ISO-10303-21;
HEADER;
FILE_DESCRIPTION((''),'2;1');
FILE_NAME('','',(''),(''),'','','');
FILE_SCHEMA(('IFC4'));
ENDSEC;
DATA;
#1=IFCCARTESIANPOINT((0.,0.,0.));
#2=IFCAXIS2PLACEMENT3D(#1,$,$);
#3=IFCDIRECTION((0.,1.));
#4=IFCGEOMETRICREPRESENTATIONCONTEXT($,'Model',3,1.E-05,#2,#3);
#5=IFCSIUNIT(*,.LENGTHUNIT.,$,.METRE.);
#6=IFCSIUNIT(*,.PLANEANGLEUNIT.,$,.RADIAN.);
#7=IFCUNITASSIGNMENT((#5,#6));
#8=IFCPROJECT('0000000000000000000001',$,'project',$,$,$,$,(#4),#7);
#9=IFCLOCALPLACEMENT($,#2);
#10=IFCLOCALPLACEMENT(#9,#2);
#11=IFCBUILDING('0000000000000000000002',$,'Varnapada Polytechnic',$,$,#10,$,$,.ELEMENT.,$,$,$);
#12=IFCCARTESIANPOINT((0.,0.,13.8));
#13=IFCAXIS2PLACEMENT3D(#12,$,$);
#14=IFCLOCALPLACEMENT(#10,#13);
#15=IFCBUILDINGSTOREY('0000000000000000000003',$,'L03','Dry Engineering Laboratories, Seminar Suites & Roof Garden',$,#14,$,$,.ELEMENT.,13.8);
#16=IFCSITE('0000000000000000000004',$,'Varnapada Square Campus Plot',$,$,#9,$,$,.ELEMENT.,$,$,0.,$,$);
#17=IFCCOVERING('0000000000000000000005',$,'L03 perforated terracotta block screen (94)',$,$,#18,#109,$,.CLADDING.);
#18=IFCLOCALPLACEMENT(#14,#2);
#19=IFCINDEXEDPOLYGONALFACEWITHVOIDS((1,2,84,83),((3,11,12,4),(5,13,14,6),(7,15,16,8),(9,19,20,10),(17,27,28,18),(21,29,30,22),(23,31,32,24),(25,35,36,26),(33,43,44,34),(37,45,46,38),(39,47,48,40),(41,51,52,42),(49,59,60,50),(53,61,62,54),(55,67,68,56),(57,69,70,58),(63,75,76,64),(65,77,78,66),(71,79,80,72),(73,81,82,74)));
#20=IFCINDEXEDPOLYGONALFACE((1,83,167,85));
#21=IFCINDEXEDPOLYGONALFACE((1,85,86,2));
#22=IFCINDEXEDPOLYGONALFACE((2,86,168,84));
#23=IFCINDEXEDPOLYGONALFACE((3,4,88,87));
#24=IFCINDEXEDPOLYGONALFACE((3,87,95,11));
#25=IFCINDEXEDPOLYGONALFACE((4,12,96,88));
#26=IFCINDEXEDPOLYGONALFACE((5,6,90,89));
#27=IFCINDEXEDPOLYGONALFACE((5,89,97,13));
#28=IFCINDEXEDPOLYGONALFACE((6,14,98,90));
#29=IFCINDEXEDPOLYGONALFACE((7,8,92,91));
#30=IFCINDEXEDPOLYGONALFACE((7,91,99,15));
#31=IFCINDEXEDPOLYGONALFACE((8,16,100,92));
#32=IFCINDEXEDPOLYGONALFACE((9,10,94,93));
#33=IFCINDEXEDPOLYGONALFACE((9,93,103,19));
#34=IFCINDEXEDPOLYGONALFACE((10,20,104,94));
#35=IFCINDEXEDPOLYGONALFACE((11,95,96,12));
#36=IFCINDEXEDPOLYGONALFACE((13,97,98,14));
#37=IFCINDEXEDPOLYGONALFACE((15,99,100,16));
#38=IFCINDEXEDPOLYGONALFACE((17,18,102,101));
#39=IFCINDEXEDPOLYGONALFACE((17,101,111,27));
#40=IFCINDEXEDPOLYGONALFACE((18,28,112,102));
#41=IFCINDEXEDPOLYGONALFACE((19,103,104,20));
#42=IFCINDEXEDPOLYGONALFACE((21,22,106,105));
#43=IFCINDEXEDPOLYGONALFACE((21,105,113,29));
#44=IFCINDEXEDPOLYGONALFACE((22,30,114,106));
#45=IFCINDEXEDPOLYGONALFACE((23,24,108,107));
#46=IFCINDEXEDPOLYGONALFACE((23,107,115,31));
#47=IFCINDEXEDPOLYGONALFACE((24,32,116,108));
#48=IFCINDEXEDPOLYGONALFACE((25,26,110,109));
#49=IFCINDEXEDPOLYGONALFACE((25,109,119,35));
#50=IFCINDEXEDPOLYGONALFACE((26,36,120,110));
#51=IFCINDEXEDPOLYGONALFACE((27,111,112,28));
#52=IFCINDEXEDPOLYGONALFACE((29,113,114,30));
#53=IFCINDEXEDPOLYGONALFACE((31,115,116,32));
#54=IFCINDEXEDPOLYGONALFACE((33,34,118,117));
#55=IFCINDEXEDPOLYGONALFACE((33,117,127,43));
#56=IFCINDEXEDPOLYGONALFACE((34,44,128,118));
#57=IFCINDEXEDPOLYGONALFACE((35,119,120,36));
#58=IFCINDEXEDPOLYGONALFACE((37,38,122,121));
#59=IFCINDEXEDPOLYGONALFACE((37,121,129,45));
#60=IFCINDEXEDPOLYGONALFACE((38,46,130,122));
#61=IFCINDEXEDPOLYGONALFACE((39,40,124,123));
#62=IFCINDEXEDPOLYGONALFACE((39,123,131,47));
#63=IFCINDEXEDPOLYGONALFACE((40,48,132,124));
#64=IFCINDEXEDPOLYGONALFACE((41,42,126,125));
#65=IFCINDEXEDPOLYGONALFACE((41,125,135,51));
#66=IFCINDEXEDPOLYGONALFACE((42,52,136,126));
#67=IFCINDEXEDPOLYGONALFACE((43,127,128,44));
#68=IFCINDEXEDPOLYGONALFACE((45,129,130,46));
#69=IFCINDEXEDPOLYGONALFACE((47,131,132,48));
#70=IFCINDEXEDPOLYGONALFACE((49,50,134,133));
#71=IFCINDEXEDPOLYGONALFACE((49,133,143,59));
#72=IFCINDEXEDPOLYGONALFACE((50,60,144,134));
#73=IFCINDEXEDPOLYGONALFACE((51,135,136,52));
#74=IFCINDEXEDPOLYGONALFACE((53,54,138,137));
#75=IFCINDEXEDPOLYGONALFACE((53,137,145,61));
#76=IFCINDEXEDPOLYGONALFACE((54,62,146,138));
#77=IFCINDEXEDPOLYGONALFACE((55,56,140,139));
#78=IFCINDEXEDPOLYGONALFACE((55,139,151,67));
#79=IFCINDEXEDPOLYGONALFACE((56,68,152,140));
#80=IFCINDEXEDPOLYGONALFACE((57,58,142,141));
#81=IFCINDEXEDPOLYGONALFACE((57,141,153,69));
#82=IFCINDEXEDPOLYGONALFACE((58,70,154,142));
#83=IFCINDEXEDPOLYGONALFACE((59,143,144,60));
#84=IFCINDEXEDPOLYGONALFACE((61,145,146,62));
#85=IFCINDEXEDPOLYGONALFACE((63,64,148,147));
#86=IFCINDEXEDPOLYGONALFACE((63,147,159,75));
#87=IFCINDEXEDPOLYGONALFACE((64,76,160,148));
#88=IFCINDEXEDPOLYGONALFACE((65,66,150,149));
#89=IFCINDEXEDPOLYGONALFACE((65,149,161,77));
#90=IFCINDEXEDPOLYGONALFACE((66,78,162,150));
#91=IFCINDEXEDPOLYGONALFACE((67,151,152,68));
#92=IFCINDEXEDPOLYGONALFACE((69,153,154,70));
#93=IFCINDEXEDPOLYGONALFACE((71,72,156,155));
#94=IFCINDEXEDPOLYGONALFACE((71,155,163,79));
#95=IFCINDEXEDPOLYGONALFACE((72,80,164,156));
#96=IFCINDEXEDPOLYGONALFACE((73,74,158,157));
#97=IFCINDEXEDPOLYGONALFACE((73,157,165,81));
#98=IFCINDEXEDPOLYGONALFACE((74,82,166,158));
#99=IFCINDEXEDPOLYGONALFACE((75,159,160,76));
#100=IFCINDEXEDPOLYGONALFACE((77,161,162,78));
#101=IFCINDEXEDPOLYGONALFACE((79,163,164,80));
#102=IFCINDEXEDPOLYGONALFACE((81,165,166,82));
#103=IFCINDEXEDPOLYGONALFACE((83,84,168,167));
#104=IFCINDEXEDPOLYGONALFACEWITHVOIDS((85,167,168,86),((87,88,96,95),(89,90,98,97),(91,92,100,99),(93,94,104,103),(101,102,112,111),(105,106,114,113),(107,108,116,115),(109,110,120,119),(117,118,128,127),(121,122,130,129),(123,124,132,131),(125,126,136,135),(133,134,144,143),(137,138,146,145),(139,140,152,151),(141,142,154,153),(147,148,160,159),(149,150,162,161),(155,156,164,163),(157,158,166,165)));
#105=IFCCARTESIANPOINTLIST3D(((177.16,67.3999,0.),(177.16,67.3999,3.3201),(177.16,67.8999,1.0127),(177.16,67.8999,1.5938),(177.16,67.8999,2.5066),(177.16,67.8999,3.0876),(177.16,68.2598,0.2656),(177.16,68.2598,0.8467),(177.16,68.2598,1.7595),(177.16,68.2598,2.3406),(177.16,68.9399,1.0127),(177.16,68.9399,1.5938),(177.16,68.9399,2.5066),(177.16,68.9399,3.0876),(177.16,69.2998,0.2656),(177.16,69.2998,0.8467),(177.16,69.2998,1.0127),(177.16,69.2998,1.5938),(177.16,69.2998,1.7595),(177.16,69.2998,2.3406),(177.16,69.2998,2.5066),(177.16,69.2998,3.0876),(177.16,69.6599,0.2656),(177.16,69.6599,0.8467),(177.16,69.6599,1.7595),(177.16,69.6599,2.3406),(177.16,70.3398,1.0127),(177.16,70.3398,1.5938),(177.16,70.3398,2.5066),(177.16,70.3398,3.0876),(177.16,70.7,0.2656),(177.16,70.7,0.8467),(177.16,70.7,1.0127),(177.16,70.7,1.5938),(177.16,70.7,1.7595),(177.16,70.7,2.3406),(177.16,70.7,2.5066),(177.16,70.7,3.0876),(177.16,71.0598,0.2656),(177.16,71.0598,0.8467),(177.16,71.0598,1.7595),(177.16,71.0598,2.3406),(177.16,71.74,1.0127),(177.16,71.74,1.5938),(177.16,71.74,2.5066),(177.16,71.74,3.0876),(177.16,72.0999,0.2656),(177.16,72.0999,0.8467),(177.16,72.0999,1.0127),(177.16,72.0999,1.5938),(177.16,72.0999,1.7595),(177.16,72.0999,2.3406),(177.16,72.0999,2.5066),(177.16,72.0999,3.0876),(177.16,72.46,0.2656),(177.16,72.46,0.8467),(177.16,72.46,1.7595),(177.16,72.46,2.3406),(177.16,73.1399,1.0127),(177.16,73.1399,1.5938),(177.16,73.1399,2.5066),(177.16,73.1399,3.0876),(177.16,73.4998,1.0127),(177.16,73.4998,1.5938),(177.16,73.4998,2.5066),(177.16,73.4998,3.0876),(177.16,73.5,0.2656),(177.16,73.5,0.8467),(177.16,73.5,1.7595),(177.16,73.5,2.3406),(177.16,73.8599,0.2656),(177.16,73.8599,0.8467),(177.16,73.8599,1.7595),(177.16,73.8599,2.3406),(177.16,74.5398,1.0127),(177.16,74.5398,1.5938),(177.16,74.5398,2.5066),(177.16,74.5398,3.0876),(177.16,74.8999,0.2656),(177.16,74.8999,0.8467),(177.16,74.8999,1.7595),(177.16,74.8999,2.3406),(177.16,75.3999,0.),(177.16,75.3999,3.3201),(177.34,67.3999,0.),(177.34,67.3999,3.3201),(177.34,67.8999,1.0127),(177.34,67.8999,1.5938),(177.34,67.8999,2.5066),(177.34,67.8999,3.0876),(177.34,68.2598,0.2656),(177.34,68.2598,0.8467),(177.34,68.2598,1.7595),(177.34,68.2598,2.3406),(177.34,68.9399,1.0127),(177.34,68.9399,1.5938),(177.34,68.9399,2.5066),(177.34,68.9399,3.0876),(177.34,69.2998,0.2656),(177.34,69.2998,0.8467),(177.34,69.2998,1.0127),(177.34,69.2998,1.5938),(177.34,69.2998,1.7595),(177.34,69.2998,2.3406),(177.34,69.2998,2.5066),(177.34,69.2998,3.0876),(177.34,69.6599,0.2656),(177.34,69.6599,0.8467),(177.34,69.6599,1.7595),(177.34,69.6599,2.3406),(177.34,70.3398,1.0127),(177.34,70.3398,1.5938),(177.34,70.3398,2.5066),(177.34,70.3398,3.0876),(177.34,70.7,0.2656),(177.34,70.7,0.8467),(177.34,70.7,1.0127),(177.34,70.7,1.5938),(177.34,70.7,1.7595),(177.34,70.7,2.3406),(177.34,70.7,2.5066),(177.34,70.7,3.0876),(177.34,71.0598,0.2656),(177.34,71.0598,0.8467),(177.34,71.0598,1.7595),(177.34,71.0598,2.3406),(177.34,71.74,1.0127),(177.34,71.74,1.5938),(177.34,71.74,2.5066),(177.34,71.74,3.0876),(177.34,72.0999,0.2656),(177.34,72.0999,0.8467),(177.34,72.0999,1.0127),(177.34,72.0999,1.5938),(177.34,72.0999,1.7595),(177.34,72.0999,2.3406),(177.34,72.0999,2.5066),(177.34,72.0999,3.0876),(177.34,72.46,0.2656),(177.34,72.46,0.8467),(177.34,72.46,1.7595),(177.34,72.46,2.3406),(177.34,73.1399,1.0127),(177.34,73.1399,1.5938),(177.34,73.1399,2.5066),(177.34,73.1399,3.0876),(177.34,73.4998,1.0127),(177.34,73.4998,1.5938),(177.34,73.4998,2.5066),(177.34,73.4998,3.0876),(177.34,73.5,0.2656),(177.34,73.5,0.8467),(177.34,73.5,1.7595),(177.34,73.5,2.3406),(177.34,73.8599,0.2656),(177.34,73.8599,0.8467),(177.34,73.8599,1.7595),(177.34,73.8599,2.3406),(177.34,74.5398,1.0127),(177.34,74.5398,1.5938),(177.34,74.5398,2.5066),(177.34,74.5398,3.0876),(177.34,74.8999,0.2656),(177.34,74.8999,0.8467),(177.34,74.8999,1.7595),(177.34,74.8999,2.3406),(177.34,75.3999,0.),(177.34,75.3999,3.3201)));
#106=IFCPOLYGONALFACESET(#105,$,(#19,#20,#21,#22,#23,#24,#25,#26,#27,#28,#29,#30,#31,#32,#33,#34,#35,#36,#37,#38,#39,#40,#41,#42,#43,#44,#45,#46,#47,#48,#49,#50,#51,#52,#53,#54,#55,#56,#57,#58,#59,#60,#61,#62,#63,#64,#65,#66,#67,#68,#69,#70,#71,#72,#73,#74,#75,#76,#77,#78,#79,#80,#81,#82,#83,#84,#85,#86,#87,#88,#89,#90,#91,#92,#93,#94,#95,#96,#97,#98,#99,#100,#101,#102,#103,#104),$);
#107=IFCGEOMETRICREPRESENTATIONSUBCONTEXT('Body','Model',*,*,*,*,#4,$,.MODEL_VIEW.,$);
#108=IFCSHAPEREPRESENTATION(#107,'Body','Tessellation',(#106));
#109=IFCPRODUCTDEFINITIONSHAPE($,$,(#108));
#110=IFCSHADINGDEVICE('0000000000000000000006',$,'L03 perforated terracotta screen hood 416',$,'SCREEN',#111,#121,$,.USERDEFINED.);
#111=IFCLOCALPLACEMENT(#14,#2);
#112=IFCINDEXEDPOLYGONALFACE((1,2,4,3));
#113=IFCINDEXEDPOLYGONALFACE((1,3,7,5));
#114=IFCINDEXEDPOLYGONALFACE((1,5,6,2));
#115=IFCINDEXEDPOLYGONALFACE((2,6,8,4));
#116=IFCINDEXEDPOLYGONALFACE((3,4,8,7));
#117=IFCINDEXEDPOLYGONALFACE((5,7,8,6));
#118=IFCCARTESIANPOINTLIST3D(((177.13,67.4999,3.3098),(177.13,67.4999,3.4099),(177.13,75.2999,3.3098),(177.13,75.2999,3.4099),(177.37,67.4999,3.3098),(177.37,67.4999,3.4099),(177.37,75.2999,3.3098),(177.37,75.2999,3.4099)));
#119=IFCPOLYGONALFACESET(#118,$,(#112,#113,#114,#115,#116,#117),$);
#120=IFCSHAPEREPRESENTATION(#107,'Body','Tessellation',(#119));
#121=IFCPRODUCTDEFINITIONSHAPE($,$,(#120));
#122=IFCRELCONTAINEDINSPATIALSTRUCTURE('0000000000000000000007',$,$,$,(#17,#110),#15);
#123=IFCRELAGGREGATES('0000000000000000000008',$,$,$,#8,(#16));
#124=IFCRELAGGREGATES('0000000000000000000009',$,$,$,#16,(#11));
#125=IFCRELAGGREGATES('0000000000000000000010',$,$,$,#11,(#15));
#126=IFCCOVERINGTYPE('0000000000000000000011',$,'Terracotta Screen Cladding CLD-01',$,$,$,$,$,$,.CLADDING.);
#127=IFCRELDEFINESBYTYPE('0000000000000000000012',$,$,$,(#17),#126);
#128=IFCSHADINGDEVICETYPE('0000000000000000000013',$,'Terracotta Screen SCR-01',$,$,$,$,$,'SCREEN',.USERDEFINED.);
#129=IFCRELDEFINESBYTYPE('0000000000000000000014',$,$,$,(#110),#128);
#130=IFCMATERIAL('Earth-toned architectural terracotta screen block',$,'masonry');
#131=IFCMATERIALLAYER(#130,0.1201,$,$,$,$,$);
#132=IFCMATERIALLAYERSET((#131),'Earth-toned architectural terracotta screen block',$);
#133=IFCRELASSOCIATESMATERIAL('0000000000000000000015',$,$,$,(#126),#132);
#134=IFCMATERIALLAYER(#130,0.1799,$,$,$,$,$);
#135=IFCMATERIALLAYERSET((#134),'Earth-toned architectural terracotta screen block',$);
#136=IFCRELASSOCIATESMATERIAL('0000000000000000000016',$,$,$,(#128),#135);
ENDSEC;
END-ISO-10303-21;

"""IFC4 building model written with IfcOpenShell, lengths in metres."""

from ifc_helpers import new_model, si_unit, direction, frame, frame_2d, origin, origin_2d, place, context, subcontext, project, spatial, rectangle, extrude, material, layer, layer_set, type_object, element, save


model = new_model("IFC4")

# Units and contexts
model_context = context("Model", 3, precision=1e-05, world=origin(), true_north=direction((0.0, 1.0)))
body_context = subcontext(model_context, "Body", "Model", "MODEL_VIEW")
ifc_project = project(units=[si_unit("LENGTHUNIT", "METRE"), si_unit("PLANEANGLEUNIT", "RADIAN")], contexts=[model_context])

# Site, building, storey
site_placement = place(None, origin())
site = spatial("IfcSite", under=ifc_project, at=site_placement, Name="Varnapada Square Campus Plot", CompositionType="ELEMENT", RefElevation=0.0)
building_placement = place(site_placement, origin())
building = spatial("IfcBuilding", under=site, at=building_placement, Name="Varnapada Polytechnic", CompositionType="ELEMENT")
storey_placement = place(building_placement, frame((0.0, 0.0, 13.8)))
storey = spatial("IfcBuildingStorey", under=building, at=storey_placement, Name="L03", Description="Dry Engineering Laboratories, Seminar Suites & Roof Garden", CompositionType="ELEMENT", Elevation=13.8)

# Covering, openings
ifc_material_1 = material(Name="Earth-toned architectural terracotta screen block", Category="masonry")
ifc_layer_1 = layer(ifc_material_1, 0.1201)
ifc_layer_set_1 = layer_set([ifc_layer_1], Name="Earth-toned architectural terracotta screen block")
covering_type_1 = type_object("IfcCoveringType", Name="Terracotta Screen Cladding CLD-01", PredefinedType="CLADDING", material=ifc_layer_set_1)
covering_1_placement = place(storey_placement, frame((177.25, 75.3999, 0.0), z_axis=(0.0, 0.0, 1.0), x_axis=(0.0, -1.0, 0.0)))
covering_1 = element("IfcCovering", 1, at=covering_1_placement, inside=storey, type_object=covering_type_1, Name="L03 perforated terracotta block screen (94)", PredefinedType="CLADDING", context=body_context, shape_type="SweptSolid", body=[
    extrude(rectangle(XDim=8.0, YDim=0.1799, at=frame_2d((4.0, 0.0))), origin(), (0.0, 0.0, 1.0), 3.3201),
])
opening_1_placement = place(covering_1_placement, frame((0.5, 0.0, 0.2656)))
element("IfcOpeningElement", 2, at=opening_1_placement, cuts=covering_1, PredefinedType="OPENING", context=body_context, shape_type="SweptSolid", body=[
    extrude(rectangle(XDim=1.04, YDim=0.5811, at=frame_2d((0.52, 0.2905))), frame((0.0, 0.0999, 0.0), z_axis=(0.0, -1.0, 0.0), x_axis=(1.0, 0.0, 0.0)), (0.0, 0.0, 1.0), 0.2),
])
opening_2_placement = place(covering_1_placement, frame((1.8999, 0.0, 0.2656)))
element("IfcOpeningElement", 3, at=opening_2_placement, cuts=covering_1, PredefinedType="OPENING", context=body_context, shape_type="SweptSolid", body=[
    extrude(rectangle(XDim=1.04, YDim=0.5811, at=frame_2d((0.52, 0.2905))), frame((0.0, 0.0999, 0.0), z_axis=(0.0, -1.0, 0.0), x_axis=(1.0, 0.0, 0.0)), (0.0, 0.0, 1.0), 0.2),
])
opening_3_placement = place(covering_1_placement, frame((3.3, 0.0, 0.2656)))
element("IfcOpeningElement", 4, at=opening_3_placement, cuts=covering_1, PredefinedType="OPENING", context=body_context, shape_type="SweptSolid", body=[
    extrude(rectangle(XDim=1.04, YDim=0.5811, at=frame_2d((0.52, 0.2905))), frame((0.0, 0.0999, 0.0), z_axis=(0.0, -1.0, 0.0), x_axis=(1.0, 0.0, 0.0)), (0.0, 0.0, 1.0), 0.2),
])
opening_4_placement = place(covering_1_placement, frame((4.7, 0.0, 0.2656)))
element("IfcOpeningElement", 5, at=opening_4_placement, cuts=covering_1, PredefinedType="OPENING", context=body_context, shape_type="SweptSolid", body=[
    extrude(rectangle(XDim=1.04, YDim=0.5811, at=frame_2d((0.52, 0.2905))), frame((0.0, 0.0999, 0.0), z_axis=(0.0, -1.0, 0.0), x_axis=(1.0, 0.0, 0.0)), (0.0, 0.0, 1.0), 0.2),
])
opening_5_placement = place(covering_1_placement, frame((6.1001, 0.0, 0.2656)))
element("IfcOpeningElement", 6, at=opening_5_placement, cuts=covering_1, PredefinedType="OPENING", context=body_context, shape_type="SweptSolid", body=[
    extrude(rectangle(XDim=1.04, YDim=0.5811, at=frame_2d((0.52, 0.2905))), frame((0.0, 0.0999, 0.0), z_axis=(0.0, -1.0, 0.0), x_axis=(1.0, 0.0, 0.0)), (0.0, 0.0, 1.0), 0.2),
])
opening_6_placement = place(covering_1_placement, frame((0.8601, 0.0, 1.0127)))
element("IfcOpeningElement", 7, at=opening_6_placement, cuts=covering_1, PredefinedType="OPENING", context=body_context, shape_type="SweptSolid", body=[
    extrude(rectangle(XDim=1.04, YDim=0.5811, at=frame_2d((0.52, 0.2905))), frame((0.0, 0.0999, 0.0), z_axis=(0.0, -1.0, 0.0), x_axis=(1.0, 0.0, 0.0)), (0.0, 0.0, 1.0), 0.2),
])
opening_7_placement = place(covering_1_placement, frame((2.26, 0.0, 1.0127)))
element("IfcOpeningElement", 8, at=opening_7_placement, cuts=covering_1, PredefinedType="OPENING", context=body_context, shape_type="SweptSolid", body=[
    extrude(rectangle(XDim=1.04, YDim=0.5811, at=frame_2d((0.52, 0.2905))), frame((0.0, 0.0999, 0.0), z_axis=(0.0, -1.0, 0.0), x_axis=(1.0, 0.0, 0.0)), (0.0, 0.0, 1.0), 0.2),
])
opening_8_placement = place(covering_1_placement, frame((3.6599, 0.0, 1.0127)))
element("IfcOpeningElement", 9, at=opening_8_placement, cuts=covering_1, PredefinedType="OPENING", context=body_context, shape_type="SweptSolid", body=[
    extrude(rectangle(XDim=1.04, YDim=0.5811, at=frame_2d((0.52, 0.2905))), frame((0.0, 0.0999, 0.0), z_axis=(0.0, -1.0, 0.0), x_axis=(1.0, 0.0, 0.0)), (0.0, 0.0, 1.0), 0.2),
])
opening_9_placement = place(covering_1_placement, frame((5.0601, 0.0, 1.0127)))
element("IfcOpeningElement", 10, at=opening_9_placement, cuts=covering_1, PredefinedType="OPENING", context=body_context, shape_type="SweptSolid", body=[
    extrude(rectangle(XDim=1.04, YDim=0.5811, at=frame_2d((0.52, 0.2905))), frame((0.0, 0.0999, 0.0), z_axis=(0.0, -1.0, 0.0), x_axis=(1.0, 0.0, 0.0)), (0.0, 0.0, 1.0), 0.2),
])
opening_10_placement = place(covering_1_placement, frame((6.46, 0.0, 1.0127)))
element("IfcOpeningElement", 11, at=opening_10_placement, cuts=covering_1, PredefinedType="OPENING", context=body_context, shape_type="SweptSolid", body=[
    extrude(rectangle(XDim=1.04, YDim=0.5811, at=frame_2d((0.52, 0.2905))), frame((0.0, 0.0999, 0.0), z_axis=(0.0, -1.0, 0.0), x_axis=(1.0, 0.0, 0.0)), (0.0, 0.0, 1.0), 0.2),
])
opening_11_placement = place(covering_1_placement, frame((0.5, 0.0, 1.7595)))
element("IfcOpeningElement", 12, at=opening_11_placement, cuts=covering_1, PredefinedType="OPENING", context=body_context, shape_type="SweptSolid", body=[
    extrude(rectangle(XDim=1.04, YDim=0.5811, at=frame_2d((0.52, 0.2905))), frame((0.0, 0.0999, 0.0), z_axis=(0.0, -1.0, 0.0), x_axis=(1.0, 0.0, 0.0)), (0.0, 0.0, 1.0), 0.2),
])
opening_12_placement = place(covering_1_placement, frame((1.8999, 0.0, 1.7595)))
element("IfcOpeningElement", 13, at=opening_12_placement, cuts=covering_1, PredefinedType="OPENING", context=body_context, shape_type="SweptSolid", body=[
    extrude(rectangle(XDim=1.04, YDim=0.5811, at=frame_2d((0.52, 0.2905))), frame((0.0, 0.0999, 0.0), z_axis=(0.0, -1.0, 0.0), x_axis=(1.0, 0.0, 0.0)), (0.0, 0.0, 1.0), 0.2),
])
opening_13_placement = place(covering_1_placement, frame((3.3, 0.0, 1.7595)))
element("IfcOpeningElement", 14, at=opening_13_placement, cuts=covering_1, PredefinedType="OPENING", context=body_context, shape_type="SweptSolid", body=[
    extrude(rectangle(XDim=1.04, YDim=0.5811, at=frame_2d((0.52, 0.2905))), frame((0.0, 0.0999, 0.0), z_axis=(0.0, -1.0, 0.0), x_axis=(1.0, 0.0, 0.0)), (0.0, 0.0, 1.0), 0.2),
])
opening_14_placement = place(covering_1_placement, frame((4.7, 0.0, 1.7595)))
element("IfcOpeningElement", 15, at=opening_14_placement, cuts=covering_1, PredefinedType="OPENING", context=body_context, shape_type="SweptSolid", body=[
    extrude(rectangle(XDim=1.04, YDim=0.5811, at=frame_2d((0.52, 0.2905))), frame((0.0, 0.0999, 0.0), z_axis=(0.0, -1.0, 0.0), x_axis=(1.0, 0.0, 0.0)), (0.0, 0.0, 1.0), 0.2),
])
opening_15_placement = place(covering_1_placement, frame((6.1001, 0.0, 1.7595)))
element("IfcOpeningElement", 16, at=opening_15_placement, cuts=covering_1, PredefinedType="OPENING", context=body_context, shape_type="SweptSolid", body=[
    extrude(rectangle(XDim=1.04, YDim=0.5811, at=frame_2d((0.52, 0.2905))), frame((0.0, 0.0999, 0.0), z_axis=(0.0, -1.0, 0.0), x_axis=(1.0, 0.0, 0.0)), (0.0, 0.0, 1.0), 0.2),
])
opening_16_placement = place(covering_1_placement, frame((0.8601, 0.0, 2.5066)))
element("IfcOpeningElement", 17, at=opening_16_placement, cuts=covering_1, PredefinedType="OPENING", context=body_context, shape_type="SweptSolid", body=[
    extrude(rectangle(XDim=1.04, YDim=0.5811, at=frame_2d((0.52, 0.2905))), frame((0.0, 0.0999, 0.0), z_axis=(0.0, -1.0, 0.0), x_axis=(1.0, 0.0, 0.0)), (0.0, 0.0, 1.0), 0.2),
])
opening_17_placement = place(covering_1_placement, frame((2.26, 0.0, 2.5066)))
element("IfcOpeningElement", 18, at=opening_17_placement, cuts=covering_1, PredefinedType="OPENING", context=body_context, shape_type="SweptSolid", body=[
    extrude(rectangle(XDim=1.04, YDim=0.5811, at=frame_2d((0.52, 0.2905))), frame((0.0, 0.0999, 0.0), z_axis=(0.0, -1.0, 0.0), x_axis=(1.0, 0.0, 0.0)), (0.0, 0.0, 1.0), 0.2),
])
opening_18_placement = place(covering_1_placement, frame((3.6599, 0.0, 2.5066)))
element("IfcOpeningElement", 19, at=opening_18_placement, cuts=covering_1, PredefinedType="OPENING", context=body_context, shape_type="SweptSolid", body=[
    extrude(rectangle(XDim=1.04, YDim=0.5811, at=frame_2d((0.52, 0.2905))), frame((0.0, 0.0999, 0.0), z_axis=(0.0, -1.0, 0.0), x_axis=(1.0, 0.0, 0.0)), (0.0, 0.0, 1.0), 0.2),
])
opening_19_placement = place(covering_1_placement, frame((5.0601, 0.0, 2.5066)))
element("IfcOpeningElement", 20, at=opening_19_placement, cuts=covering_1, PredefinedType="OPENING", context=body_context, shape_type="SweptSolid", body=[
    extrude(rectangle(XDim=1.04, YDim=0.5811, at=frame_2d((0.52, 0.2905))), frame((0.0, 0.0999, 0.0), z_axis=(0.0, -1.0, 0.0), x_axis=(1.0, 0.0, 0.0)), (0.0, 0.0, 1.0), 0.2),
])
opening_20_placement = place(covering_1_placement, frame((6.46, 0.0, 2.5066)))
element("IfcOpeningElement", 21, at=opening_20_placement, cuts=covering_1, PredefinedType="OPENING", context=body_context, shape_type="SweptSolid", body=[
    extrude(rectangle(XDim=1.04, YDim=0.5811, at=frame_2d((0.52, 0.2905))), frame((0.0, 0.0999, 0.0), z_axis=(0.0, -1.0, 0.0), x_axis=(1.0, 0.0, 0.0)), (0.0, 0.0, 1.0), 0.2),
])

# Shading device
ifc_layer_2 = layer(ifc_material_1, 0.1799)
ifc_layer_set_2 = layer_set([ifc_layer_2], Name="Earth-toned architectural terracotta screen block")
shading_device_type = type_object("IfcShadingDeviceType", Name="Terracotta Screen SCR-01", ElementType="SCREEN", PredefinedType="USERDEFINED", material=ifc_layer_set_2)
shading_device_placement = place(storey_placement, frame((177.25, 71.3999, 3.3098), z_axis=(0.0, 0.0, 1.0), x_axis=(0.0, -1.0, 0.0)))
element("IfcShadingDevice", 22, at=shading_device_placement, inside=storey, type_object=shading_device_type, Name="L03 perforated terracotta screen hood 416", ObjectType="SCREEN", PredefinedType="USERDEFINED", context=body_context, shape_type="SweptSolid", body=[
    extrude(rectangle(XDim=7.8, YDim=0.24, at=origin_2d()), origin(), (0.0, 0.0, 1.0), 0.1001),
])

save(model, "model.ifc")
